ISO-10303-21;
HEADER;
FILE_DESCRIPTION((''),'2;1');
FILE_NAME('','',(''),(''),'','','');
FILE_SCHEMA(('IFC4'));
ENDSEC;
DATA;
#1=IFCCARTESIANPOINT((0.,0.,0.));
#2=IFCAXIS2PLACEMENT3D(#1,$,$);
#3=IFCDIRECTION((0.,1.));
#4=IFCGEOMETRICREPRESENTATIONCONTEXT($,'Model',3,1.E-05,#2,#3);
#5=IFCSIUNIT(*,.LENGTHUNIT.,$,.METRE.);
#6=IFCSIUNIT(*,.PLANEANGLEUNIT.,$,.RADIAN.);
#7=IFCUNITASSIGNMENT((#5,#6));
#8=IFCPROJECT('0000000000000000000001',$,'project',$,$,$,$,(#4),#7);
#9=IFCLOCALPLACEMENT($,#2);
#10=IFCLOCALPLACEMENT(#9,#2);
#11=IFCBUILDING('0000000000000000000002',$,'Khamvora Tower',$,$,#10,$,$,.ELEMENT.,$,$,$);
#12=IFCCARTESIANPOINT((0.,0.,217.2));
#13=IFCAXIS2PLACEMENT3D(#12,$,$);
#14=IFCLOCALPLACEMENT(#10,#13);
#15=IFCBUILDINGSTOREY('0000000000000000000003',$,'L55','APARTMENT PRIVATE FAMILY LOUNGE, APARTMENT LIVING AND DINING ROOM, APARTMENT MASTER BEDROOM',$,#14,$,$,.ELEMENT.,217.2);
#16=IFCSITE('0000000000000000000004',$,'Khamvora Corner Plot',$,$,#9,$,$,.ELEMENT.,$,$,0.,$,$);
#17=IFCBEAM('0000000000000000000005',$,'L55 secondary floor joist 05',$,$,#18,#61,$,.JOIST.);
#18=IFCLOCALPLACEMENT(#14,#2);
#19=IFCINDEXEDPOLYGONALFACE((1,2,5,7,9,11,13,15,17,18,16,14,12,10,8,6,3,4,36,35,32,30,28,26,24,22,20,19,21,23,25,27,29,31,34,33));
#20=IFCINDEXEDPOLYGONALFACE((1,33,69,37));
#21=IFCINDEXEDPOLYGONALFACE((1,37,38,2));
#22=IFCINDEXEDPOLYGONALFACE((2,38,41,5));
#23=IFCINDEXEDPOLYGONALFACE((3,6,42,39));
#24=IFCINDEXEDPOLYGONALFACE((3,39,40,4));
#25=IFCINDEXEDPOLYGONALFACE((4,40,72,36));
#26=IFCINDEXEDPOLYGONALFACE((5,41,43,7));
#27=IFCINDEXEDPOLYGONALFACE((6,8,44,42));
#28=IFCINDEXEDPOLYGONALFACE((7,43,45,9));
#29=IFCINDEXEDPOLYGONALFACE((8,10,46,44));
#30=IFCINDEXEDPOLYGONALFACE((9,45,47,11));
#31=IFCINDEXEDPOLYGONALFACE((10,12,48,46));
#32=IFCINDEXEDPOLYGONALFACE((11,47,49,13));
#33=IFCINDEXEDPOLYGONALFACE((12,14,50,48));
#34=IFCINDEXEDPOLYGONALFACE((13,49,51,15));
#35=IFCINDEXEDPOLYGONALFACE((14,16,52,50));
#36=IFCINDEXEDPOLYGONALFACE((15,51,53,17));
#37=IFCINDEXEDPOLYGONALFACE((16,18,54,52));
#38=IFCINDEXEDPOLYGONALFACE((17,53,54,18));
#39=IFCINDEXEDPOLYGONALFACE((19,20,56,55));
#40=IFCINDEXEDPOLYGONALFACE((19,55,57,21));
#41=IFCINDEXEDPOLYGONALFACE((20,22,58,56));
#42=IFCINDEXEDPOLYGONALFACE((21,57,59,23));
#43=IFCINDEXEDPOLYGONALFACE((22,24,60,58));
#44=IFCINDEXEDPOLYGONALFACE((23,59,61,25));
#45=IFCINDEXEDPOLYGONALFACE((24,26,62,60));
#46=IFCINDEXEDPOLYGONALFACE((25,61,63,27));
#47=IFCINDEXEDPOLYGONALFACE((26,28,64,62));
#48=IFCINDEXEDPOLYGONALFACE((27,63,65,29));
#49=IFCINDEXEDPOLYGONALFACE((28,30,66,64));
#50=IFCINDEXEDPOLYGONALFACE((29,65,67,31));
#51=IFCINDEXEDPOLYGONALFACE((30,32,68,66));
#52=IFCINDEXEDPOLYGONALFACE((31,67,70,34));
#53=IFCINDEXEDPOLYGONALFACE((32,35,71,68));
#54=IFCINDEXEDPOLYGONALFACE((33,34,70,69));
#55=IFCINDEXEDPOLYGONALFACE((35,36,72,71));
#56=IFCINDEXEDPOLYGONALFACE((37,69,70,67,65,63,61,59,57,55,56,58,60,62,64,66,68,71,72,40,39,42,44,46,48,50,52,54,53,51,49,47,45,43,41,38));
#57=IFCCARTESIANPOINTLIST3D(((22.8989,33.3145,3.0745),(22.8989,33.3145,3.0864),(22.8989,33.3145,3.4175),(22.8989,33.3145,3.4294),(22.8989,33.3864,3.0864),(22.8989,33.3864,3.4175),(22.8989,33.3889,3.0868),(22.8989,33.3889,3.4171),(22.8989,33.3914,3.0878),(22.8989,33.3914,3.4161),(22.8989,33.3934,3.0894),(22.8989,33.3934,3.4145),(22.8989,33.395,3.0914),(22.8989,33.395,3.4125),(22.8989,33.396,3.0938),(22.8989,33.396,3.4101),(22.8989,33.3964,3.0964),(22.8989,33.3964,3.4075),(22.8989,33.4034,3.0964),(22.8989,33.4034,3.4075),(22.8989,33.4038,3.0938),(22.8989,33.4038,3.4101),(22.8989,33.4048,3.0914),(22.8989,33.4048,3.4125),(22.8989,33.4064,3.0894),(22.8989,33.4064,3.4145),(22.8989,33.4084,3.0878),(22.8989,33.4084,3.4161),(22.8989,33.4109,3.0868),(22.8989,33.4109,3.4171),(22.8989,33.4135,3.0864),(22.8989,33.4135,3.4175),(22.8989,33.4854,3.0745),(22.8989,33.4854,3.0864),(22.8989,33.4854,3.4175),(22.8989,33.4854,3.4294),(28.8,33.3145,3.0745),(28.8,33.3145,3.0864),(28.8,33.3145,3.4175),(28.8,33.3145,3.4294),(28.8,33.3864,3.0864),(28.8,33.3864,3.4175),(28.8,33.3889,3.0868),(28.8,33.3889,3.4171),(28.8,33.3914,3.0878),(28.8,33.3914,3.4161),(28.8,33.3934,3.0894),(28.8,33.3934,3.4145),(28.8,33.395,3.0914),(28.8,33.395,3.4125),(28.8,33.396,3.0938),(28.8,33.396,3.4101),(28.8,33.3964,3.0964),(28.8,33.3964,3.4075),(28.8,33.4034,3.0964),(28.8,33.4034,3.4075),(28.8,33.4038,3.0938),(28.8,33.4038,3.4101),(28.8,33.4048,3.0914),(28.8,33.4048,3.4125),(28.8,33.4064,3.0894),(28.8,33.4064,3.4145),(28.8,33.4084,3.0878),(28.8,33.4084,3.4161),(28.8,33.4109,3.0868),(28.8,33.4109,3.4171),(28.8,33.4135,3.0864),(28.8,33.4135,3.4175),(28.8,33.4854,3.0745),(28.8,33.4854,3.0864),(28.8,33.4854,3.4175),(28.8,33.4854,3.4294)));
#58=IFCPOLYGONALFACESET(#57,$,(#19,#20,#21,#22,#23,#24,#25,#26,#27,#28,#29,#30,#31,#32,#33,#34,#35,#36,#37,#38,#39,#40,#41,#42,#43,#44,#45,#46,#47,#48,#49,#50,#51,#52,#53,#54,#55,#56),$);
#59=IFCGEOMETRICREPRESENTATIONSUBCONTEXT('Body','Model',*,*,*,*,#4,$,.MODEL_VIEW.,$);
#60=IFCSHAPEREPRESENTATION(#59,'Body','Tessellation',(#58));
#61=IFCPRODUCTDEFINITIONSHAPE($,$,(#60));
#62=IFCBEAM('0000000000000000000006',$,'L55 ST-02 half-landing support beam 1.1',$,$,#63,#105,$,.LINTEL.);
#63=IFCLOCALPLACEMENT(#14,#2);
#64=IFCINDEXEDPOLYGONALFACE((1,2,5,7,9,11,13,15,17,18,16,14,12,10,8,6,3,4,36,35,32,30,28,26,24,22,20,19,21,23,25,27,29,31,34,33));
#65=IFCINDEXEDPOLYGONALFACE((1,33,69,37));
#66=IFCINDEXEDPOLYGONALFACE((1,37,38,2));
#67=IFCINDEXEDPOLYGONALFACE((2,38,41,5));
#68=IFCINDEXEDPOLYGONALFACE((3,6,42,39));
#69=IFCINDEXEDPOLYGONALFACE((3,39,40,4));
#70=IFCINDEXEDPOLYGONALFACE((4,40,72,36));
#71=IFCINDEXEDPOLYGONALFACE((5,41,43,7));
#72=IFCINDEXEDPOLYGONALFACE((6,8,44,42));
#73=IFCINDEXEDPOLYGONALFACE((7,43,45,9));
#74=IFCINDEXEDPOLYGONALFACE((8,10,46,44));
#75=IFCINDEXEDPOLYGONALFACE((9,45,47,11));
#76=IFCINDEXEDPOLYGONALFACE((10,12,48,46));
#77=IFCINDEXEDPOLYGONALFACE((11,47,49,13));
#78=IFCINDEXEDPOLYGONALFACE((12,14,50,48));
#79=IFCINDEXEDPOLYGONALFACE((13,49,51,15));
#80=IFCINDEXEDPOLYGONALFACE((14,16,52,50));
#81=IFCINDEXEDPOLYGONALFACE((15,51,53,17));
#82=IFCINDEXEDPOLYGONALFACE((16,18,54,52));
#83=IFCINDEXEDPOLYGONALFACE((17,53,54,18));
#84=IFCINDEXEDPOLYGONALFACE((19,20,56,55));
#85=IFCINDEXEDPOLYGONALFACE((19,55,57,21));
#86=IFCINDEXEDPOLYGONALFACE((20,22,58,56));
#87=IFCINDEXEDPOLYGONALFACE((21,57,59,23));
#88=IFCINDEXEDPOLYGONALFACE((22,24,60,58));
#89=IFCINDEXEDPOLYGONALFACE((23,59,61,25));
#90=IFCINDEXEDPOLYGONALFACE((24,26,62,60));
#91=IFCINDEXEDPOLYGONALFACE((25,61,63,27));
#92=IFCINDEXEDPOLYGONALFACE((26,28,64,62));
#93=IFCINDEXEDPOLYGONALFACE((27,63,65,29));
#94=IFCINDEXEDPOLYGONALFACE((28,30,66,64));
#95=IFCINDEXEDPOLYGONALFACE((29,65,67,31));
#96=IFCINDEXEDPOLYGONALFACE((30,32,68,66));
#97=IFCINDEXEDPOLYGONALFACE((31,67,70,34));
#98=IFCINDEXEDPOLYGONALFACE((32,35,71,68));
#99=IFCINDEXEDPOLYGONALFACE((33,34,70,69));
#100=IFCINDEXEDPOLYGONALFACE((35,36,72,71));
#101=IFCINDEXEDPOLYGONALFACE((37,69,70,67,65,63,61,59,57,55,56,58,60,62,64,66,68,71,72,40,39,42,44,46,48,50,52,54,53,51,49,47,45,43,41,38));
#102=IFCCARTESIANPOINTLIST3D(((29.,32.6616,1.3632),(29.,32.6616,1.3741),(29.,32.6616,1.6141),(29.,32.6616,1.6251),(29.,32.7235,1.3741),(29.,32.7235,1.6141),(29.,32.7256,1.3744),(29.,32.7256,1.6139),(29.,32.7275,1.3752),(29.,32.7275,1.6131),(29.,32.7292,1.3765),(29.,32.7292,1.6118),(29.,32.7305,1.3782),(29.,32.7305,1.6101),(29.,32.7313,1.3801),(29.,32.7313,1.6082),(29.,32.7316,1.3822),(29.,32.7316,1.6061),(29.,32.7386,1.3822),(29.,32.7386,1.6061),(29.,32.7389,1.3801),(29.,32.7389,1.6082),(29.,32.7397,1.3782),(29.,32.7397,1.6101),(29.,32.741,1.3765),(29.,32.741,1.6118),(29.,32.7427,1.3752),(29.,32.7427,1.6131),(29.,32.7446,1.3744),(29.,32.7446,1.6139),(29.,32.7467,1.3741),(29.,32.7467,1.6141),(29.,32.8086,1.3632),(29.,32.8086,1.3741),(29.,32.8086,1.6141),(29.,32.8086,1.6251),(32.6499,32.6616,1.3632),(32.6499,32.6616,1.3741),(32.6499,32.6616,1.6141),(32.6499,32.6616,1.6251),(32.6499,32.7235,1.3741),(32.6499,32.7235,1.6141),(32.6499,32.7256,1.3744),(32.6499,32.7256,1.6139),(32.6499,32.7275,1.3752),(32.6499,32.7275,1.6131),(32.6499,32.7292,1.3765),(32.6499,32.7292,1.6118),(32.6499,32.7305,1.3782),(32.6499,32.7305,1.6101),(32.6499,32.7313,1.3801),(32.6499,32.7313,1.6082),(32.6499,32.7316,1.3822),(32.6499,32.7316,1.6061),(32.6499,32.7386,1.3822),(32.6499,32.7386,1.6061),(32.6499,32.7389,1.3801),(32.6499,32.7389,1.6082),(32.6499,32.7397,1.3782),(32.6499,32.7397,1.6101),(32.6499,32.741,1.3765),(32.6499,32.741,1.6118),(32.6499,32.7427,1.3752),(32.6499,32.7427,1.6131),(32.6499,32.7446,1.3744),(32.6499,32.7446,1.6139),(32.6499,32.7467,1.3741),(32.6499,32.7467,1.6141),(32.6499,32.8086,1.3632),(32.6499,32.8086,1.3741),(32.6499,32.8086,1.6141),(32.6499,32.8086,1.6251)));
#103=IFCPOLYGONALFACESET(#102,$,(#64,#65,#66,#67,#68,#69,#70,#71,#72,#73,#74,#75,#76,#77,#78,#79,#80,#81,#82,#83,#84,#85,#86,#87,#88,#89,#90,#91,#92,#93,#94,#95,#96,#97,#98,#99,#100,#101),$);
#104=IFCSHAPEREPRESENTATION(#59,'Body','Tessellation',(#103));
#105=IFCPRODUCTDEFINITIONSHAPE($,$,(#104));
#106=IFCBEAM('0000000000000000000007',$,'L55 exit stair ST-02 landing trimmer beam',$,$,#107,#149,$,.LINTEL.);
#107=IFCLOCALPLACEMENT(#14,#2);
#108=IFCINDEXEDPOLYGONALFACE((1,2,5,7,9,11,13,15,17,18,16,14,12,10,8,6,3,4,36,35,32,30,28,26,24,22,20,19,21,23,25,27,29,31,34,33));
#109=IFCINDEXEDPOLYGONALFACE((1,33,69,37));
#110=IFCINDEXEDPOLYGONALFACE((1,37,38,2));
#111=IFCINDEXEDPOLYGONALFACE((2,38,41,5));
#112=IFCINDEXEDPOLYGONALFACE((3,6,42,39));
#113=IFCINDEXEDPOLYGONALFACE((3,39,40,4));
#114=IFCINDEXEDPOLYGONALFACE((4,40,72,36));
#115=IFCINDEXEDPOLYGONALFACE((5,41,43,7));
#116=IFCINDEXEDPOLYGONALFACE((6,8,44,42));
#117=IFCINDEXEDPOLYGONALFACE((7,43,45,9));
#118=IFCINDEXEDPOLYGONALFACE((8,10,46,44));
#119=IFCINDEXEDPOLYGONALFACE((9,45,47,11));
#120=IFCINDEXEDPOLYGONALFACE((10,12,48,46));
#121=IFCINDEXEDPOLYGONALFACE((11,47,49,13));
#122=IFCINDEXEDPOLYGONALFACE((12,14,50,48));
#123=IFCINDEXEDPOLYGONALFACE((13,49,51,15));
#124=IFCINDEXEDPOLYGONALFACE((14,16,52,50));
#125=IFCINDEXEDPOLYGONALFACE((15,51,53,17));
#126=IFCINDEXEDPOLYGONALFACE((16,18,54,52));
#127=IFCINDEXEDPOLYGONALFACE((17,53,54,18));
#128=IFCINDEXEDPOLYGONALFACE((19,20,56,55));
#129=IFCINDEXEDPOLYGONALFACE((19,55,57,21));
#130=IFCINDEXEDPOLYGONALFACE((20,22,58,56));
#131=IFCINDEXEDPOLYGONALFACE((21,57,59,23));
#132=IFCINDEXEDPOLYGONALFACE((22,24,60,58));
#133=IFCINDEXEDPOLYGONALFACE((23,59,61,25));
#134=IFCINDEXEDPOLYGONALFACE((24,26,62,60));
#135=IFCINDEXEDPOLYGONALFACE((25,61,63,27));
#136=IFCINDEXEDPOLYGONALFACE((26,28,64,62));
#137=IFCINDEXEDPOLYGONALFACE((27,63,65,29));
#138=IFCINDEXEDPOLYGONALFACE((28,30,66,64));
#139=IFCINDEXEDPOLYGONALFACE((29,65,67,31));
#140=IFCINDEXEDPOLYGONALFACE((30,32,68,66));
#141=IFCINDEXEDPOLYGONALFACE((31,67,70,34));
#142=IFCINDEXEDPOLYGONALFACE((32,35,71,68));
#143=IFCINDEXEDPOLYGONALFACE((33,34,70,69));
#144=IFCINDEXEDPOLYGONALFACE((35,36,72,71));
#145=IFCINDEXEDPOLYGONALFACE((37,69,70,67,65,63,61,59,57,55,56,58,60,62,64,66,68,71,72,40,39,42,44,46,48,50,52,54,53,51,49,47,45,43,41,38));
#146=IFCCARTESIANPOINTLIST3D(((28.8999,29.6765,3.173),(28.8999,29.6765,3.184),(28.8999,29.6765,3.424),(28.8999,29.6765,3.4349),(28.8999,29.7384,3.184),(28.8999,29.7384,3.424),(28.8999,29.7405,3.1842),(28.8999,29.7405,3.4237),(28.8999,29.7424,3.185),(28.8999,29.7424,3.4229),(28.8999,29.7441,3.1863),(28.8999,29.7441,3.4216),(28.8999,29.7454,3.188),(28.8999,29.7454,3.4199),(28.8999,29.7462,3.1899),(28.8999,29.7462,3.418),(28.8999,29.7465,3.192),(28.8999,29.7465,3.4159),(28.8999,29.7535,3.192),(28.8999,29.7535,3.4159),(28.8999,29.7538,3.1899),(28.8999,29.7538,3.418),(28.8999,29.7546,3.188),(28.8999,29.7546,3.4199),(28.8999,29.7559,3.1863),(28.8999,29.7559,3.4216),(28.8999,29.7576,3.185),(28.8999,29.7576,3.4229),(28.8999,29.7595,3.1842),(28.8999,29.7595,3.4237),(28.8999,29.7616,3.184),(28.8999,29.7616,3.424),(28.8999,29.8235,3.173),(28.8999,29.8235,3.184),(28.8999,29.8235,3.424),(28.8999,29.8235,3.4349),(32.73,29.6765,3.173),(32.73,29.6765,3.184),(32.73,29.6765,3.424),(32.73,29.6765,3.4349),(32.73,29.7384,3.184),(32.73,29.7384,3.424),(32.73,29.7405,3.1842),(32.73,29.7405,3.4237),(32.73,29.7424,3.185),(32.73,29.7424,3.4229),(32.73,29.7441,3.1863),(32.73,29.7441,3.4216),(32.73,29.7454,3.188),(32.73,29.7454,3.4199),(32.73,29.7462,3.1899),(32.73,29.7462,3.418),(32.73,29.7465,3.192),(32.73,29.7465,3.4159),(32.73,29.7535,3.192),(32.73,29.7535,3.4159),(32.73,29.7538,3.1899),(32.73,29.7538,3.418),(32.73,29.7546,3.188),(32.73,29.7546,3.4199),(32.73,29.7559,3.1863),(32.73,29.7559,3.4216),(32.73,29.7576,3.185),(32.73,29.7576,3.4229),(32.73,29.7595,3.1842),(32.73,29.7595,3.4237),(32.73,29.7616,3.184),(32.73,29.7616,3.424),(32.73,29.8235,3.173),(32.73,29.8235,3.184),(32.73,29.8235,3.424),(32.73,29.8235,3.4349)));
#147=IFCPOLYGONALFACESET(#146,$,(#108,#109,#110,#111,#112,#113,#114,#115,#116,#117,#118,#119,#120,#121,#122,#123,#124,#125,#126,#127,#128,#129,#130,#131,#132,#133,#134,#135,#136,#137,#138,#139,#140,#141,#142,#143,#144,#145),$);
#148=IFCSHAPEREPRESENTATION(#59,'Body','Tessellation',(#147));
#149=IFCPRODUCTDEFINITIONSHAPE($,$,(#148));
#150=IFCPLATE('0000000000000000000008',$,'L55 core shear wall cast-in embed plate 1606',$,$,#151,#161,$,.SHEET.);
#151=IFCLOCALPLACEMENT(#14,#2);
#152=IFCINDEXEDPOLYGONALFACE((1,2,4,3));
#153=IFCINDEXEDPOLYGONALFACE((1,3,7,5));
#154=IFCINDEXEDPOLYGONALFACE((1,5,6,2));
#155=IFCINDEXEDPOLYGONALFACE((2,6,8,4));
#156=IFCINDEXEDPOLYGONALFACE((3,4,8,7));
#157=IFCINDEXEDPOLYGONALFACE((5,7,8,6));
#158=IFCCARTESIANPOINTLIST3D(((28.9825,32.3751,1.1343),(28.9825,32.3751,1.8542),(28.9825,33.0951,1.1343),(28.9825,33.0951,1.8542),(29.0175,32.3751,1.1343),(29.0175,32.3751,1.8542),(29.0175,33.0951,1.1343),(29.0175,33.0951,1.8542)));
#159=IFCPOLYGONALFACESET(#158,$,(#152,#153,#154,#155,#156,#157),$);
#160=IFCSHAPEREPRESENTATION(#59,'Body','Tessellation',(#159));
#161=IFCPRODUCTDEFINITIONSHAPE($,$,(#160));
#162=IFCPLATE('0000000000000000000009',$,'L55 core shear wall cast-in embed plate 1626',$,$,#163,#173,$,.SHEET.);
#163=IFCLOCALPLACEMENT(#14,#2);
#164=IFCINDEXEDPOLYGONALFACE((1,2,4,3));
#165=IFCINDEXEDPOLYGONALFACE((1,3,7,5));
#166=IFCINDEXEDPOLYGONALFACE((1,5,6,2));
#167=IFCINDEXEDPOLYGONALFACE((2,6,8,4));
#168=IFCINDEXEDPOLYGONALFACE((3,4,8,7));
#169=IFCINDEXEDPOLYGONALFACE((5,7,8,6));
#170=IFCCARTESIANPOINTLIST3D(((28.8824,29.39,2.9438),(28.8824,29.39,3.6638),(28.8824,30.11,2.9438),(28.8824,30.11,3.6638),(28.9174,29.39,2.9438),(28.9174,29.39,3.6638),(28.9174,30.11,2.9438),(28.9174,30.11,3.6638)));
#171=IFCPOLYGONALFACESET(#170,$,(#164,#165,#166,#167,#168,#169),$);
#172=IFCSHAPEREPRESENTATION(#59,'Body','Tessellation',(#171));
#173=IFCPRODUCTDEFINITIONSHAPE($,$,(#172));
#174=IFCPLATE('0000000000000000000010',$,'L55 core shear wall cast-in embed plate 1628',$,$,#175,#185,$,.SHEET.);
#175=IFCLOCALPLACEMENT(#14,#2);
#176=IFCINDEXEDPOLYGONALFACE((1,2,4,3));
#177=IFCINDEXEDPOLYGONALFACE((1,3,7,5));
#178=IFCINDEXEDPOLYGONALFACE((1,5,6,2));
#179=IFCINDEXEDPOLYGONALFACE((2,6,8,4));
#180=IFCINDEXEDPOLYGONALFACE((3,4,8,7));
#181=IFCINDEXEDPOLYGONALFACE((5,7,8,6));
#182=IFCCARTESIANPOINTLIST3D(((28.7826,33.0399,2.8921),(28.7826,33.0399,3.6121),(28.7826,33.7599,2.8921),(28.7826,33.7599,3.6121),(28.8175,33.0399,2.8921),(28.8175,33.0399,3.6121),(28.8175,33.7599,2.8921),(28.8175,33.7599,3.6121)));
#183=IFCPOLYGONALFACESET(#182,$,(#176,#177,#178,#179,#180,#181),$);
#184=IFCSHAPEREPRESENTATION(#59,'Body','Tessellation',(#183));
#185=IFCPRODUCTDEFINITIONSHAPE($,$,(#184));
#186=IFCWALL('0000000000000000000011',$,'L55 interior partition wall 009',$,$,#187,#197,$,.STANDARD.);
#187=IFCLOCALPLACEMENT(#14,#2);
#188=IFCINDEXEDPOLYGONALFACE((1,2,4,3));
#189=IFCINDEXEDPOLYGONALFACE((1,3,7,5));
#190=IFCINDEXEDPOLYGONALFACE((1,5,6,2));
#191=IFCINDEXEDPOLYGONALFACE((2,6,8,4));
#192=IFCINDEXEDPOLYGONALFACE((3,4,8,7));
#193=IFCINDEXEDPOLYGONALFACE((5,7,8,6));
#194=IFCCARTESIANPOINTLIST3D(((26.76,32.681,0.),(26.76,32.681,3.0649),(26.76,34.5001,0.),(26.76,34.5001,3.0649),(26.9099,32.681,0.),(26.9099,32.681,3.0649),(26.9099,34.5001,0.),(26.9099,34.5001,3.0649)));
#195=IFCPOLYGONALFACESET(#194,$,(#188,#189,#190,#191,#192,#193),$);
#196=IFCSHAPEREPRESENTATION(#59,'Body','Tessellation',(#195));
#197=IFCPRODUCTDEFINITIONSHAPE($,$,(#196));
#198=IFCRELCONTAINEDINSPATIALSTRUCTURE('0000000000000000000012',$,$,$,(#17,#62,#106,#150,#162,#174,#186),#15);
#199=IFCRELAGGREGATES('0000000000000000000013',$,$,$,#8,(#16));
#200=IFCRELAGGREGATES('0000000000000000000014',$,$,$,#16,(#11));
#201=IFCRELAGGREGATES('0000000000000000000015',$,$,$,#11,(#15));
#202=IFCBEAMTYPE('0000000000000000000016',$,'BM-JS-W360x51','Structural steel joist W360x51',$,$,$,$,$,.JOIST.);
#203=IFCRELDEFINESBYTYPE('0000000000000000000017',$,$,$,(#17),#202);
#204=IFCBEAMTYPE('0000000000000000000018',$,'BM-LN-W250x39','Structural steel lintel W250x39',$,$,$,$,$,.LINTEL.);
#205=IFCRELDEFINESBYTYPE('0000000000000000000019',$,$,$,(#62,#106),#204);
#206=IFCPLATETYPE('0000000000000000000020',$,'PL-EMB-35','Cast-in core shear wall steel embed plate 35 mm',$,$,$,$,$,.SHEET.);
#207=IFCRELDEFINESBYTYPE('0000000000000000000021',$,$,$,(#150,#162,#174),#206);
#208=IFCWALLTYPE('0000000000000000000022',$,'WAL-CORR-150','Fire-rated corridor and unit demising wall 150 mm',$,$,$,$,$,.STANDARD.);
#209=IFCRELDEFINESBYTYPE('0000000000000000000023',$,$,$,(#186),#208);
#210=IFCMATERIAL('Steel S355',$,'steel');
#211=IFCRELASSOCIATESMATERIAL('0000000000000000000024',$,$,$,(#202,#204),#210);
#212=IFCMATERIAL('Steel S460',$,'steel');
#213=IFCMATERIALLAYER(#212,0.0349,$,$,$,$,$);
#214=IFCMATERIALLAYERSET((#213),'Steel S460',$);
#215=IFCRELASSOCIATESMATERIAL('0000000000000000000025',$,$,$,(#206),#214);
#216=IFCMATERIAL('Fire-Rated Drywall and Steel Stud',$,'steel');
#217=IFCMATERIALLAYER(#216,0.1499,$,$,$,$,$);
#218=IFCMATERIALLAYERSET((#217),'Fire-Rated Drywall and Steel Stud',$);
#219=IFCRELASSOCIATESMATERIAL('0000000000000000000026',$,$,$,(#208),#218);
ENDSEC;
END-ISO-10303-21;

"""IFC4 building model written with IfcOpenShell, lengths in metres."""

from ifc_helpers import new_model, si_unit, direction, frame, frame_2d, origin, origin_2d, place, context, subcontext, project, spatial, rectangle, i_section, extrude, material, layer, layer_set, material_profile, profile_set, type_object, element, save


model = new_model("IFC4")

# Units and contexts
model_context = context("Model", 3, precision=1e-05, world=origin(), true_north=direction((0.0, 1.0)))
body_context = subcontext(model_context, "Body", "Model", "MODEL_VIEW")
ifc_project = project(units=[si_unit("LENGTHUNIT", "METRE"), si_unit("PLANEANGLEUNIT", "RADIAN")], contexts=[model_context])

# Site, building, storey
site_placement = place(None, origin())
site = spatial("IfcSite", under=ifc_project, at=site_placement, Name="Khamvora Corner Plot", CompositionType="ELEMENT", RefElevation=0.0)
building_placement = place(site_placement, origin())
building = spatial("IfcBuilding", under=site, at=building_placement, Name="Khamvora Tower", CompositionType="ELEMENT")
storey_placement = place(building_placement, frame((0.0, 0.0, 217.2)))
storey = spatial("IfcBuildingStorey", under=building, at=storey_placement, Name="L55", Description="APARTMENT PRIVATE FAMILY LOUNGE, APARTMENT LIVING AND DINING ROOM, APARTMENT MASTER BEDROOM", CompositionType="ELEMENT", Elevation=217.2)

# Beams
ifc_material_1 = material(Name="Steel S355", Category="steel")
ifc_material_profile_1 = material_profile(ifc_material_1, i_section(OverallWidth=0.1709, OverallDepth=0.355, WebThickness=0.0071, FlangeThickness=0.012, FilletRadius=0.01, at=origin_2d()), Name="W360x51")
ifc_profile_set_1 = profile_set([ifc_material_profile_1], Name="Steel S355")
beam_type_1 = type_object("IfcBeamType", Name="BM-JS-W360x51", Description="Structural steel joist W360x51", PredefinedType="JOIST", material=ifc_profile_set_1)
beam_1_placement = place(storey_placement, frame((22.8989, 33.3999, 3.252), z_axis=(1.0, 0.0, 0.0), x_axis=(0.0, 1.0, 0.0)))
element("IfcBeam", 1, at=beam_1_placement, inside=storey, type_object=beam_type_1, Name="L55 secondary floor joist 05", PredefinedType="JOIST", context=body_context, shape_type="SweptSolid", body=[
    extrude(i_section(OverallWidth=0.1709, OverallDepth=0.355, WebThickness=0.0071, FlangeThickness=0.012, FilletRadius=0.01, at=origin_2d()), origin(), (0.0, 0.0, 1.0), 5.9011),
])
ifc_material_profile_2 = material_profile(ifc_material_1, i_section(OverallWidth=0.147, OverallDepth=0.262, WebThickness=0.0071, FlangeThickness=0.011, FilletRadius=0.0081, at=origin_2d()), Name="W250x39")
ifc_profile_set_2 = profile_set([ifc_material_profile_2], Name="Steel S355")
beam_type_2 = type_object("IfcBeamType", Name="BM-LN-W250x39", Description="Structural steel lintel W250x39", PredefinedType="LINTEL", material=ifc_profile_set_2)
beam_2_placement = place(storey_placement, frame((29.0, 32.7351, 1.4941), z_axis=(1.0, 0.0, 0.0), x_axis=(0.0, 1.0, 0.0)))
element("IfcBeam", 2, at=beam_2_placement, inside=storey, type_object=beam_type_2, Name="L55 ST-02 half-landing support beam 1.1", PredefinedType="LINTEL", context=body_context, shape_type="SweptSolid", body=[
    extrude(i_section(OverallWidth=0.147, OverallDepth=0.262, WebThickness=0.0071, FlangeThickness=0.011, FilletRadius=0.0081, at=origin_2d()), origin(), (0.0, 0.0, 1.0), 3.6499),
])
beam_3_placement = place(storey_placement, frame((28.8999, 29.75, 3.304), z_axis=(1.0, 0.0, 0.0), x_axis=(0.0, 1.0, 0.0)))
element("IfcBeam", 3, at=beam_3_placement, inside=storey, type_object=beam_type_2, Name="L55 exit stair ST-02 landing trimmer beam", PredefinedType="LINTEL", context=body_context, shape_type="SweptSolid", body=[
    extrude(i_section(OverallWidth=0.147, OverallDepth=0.262, WebThickness=0.0071, FlangeThickness=0.011, FilletRadius=0.0081, at=origin_2d()), origin(), (0.0, 0.0, 1.0), 3.8301),
])

# Plates
ifc_material_2 = material(Name="Steel S460", Category="steel")
ifc_layer_1 = layer(ifc_material_2, 0.0349)
ifc_layer_set_1 = layer_set([ifc_layer_1], Name="Steel S460")
plate_type = type_object("IfcPlateType", Name="PL-EMB-35", Description="Cast-in core shear wall steel embed plate 35 mm", PredefinedType="SHEET", material=ifc_layer_set_1)
for number, where, z_axis, x_axis, name in (
    (4, (29.0, 32.7351, 1.1343), (0.0, 0.0, 1.0), (1.0, 0.0, 0.0), "L55 core shear wall cast-in embed plate 1606"),
    (5, (28.8999, 29.75, 2.9438), (0.0, 0.0, 1.0), (1.0, 0.0, 0.0), "L55 core shear wall cast-in embed plate 1626"),
    (6, (28.8, 33.3999, 2.8921), (0.0, 0.0, 1.0), (1.0, 0.0, 0.0), "L55 core shear wall cast-in embed plate 1628"),
):
    element("IfcPlate", number, at=place(storey_placement, frame(where, z_axis=z_axis, x_axis=x_axis)), inside=storey, type_object=plate_type, Name=name, PredefinedType="SHEET", context=body_context, shape_type="SweptSolid", body=[
        extrude(rectangle(XDim=0.0349, YDim=0.72, at=origin_2d()), origin(), (0.0, 0.0, 1.0), 0.72),
    ])

# Shared definitions
ifc_material_3 = material(Name="Fire-Rated Drywall and Steel Stud", Category="steel")
ifc_layer_2 = layer(ifc_material_3, 0.1499)
ifc_layer_set_2 = layer_set([ifc_layer_2], Name="Fire-Rated Drywall and Steel Stud")
wall_type_1 = type_object("IfcWallType", Name="WAL-CORR-150", Description="Fire-rated corridor and unit demising wall 150 mm", PredefinedType="STANDARD", material=ifc_layer_set_2)

# Wall
wall_1_placement = place(storey_placement, frame((26.835, 32.6809, 0.0), z_axis=(0.0, 0.0, 1.0), x_axis=(0.0, 1.0, 0.0)))
element("IfcWall", 7, at=wall_1_placement, inside=storey, type_object=wall_type_1, Name="L55 interior partition wall 009", PredefinedType="STANDARD", context=body_context, shape_type="SweptSolid", body=[
    extrude(rectangle(XDim=1.8191, YDim=0.1499, at=frame_2d((0.9097, 0.0))), origin(), (0.0, 0.0, 1.0), 3.0649),
])

save(model, "model.ifc")
